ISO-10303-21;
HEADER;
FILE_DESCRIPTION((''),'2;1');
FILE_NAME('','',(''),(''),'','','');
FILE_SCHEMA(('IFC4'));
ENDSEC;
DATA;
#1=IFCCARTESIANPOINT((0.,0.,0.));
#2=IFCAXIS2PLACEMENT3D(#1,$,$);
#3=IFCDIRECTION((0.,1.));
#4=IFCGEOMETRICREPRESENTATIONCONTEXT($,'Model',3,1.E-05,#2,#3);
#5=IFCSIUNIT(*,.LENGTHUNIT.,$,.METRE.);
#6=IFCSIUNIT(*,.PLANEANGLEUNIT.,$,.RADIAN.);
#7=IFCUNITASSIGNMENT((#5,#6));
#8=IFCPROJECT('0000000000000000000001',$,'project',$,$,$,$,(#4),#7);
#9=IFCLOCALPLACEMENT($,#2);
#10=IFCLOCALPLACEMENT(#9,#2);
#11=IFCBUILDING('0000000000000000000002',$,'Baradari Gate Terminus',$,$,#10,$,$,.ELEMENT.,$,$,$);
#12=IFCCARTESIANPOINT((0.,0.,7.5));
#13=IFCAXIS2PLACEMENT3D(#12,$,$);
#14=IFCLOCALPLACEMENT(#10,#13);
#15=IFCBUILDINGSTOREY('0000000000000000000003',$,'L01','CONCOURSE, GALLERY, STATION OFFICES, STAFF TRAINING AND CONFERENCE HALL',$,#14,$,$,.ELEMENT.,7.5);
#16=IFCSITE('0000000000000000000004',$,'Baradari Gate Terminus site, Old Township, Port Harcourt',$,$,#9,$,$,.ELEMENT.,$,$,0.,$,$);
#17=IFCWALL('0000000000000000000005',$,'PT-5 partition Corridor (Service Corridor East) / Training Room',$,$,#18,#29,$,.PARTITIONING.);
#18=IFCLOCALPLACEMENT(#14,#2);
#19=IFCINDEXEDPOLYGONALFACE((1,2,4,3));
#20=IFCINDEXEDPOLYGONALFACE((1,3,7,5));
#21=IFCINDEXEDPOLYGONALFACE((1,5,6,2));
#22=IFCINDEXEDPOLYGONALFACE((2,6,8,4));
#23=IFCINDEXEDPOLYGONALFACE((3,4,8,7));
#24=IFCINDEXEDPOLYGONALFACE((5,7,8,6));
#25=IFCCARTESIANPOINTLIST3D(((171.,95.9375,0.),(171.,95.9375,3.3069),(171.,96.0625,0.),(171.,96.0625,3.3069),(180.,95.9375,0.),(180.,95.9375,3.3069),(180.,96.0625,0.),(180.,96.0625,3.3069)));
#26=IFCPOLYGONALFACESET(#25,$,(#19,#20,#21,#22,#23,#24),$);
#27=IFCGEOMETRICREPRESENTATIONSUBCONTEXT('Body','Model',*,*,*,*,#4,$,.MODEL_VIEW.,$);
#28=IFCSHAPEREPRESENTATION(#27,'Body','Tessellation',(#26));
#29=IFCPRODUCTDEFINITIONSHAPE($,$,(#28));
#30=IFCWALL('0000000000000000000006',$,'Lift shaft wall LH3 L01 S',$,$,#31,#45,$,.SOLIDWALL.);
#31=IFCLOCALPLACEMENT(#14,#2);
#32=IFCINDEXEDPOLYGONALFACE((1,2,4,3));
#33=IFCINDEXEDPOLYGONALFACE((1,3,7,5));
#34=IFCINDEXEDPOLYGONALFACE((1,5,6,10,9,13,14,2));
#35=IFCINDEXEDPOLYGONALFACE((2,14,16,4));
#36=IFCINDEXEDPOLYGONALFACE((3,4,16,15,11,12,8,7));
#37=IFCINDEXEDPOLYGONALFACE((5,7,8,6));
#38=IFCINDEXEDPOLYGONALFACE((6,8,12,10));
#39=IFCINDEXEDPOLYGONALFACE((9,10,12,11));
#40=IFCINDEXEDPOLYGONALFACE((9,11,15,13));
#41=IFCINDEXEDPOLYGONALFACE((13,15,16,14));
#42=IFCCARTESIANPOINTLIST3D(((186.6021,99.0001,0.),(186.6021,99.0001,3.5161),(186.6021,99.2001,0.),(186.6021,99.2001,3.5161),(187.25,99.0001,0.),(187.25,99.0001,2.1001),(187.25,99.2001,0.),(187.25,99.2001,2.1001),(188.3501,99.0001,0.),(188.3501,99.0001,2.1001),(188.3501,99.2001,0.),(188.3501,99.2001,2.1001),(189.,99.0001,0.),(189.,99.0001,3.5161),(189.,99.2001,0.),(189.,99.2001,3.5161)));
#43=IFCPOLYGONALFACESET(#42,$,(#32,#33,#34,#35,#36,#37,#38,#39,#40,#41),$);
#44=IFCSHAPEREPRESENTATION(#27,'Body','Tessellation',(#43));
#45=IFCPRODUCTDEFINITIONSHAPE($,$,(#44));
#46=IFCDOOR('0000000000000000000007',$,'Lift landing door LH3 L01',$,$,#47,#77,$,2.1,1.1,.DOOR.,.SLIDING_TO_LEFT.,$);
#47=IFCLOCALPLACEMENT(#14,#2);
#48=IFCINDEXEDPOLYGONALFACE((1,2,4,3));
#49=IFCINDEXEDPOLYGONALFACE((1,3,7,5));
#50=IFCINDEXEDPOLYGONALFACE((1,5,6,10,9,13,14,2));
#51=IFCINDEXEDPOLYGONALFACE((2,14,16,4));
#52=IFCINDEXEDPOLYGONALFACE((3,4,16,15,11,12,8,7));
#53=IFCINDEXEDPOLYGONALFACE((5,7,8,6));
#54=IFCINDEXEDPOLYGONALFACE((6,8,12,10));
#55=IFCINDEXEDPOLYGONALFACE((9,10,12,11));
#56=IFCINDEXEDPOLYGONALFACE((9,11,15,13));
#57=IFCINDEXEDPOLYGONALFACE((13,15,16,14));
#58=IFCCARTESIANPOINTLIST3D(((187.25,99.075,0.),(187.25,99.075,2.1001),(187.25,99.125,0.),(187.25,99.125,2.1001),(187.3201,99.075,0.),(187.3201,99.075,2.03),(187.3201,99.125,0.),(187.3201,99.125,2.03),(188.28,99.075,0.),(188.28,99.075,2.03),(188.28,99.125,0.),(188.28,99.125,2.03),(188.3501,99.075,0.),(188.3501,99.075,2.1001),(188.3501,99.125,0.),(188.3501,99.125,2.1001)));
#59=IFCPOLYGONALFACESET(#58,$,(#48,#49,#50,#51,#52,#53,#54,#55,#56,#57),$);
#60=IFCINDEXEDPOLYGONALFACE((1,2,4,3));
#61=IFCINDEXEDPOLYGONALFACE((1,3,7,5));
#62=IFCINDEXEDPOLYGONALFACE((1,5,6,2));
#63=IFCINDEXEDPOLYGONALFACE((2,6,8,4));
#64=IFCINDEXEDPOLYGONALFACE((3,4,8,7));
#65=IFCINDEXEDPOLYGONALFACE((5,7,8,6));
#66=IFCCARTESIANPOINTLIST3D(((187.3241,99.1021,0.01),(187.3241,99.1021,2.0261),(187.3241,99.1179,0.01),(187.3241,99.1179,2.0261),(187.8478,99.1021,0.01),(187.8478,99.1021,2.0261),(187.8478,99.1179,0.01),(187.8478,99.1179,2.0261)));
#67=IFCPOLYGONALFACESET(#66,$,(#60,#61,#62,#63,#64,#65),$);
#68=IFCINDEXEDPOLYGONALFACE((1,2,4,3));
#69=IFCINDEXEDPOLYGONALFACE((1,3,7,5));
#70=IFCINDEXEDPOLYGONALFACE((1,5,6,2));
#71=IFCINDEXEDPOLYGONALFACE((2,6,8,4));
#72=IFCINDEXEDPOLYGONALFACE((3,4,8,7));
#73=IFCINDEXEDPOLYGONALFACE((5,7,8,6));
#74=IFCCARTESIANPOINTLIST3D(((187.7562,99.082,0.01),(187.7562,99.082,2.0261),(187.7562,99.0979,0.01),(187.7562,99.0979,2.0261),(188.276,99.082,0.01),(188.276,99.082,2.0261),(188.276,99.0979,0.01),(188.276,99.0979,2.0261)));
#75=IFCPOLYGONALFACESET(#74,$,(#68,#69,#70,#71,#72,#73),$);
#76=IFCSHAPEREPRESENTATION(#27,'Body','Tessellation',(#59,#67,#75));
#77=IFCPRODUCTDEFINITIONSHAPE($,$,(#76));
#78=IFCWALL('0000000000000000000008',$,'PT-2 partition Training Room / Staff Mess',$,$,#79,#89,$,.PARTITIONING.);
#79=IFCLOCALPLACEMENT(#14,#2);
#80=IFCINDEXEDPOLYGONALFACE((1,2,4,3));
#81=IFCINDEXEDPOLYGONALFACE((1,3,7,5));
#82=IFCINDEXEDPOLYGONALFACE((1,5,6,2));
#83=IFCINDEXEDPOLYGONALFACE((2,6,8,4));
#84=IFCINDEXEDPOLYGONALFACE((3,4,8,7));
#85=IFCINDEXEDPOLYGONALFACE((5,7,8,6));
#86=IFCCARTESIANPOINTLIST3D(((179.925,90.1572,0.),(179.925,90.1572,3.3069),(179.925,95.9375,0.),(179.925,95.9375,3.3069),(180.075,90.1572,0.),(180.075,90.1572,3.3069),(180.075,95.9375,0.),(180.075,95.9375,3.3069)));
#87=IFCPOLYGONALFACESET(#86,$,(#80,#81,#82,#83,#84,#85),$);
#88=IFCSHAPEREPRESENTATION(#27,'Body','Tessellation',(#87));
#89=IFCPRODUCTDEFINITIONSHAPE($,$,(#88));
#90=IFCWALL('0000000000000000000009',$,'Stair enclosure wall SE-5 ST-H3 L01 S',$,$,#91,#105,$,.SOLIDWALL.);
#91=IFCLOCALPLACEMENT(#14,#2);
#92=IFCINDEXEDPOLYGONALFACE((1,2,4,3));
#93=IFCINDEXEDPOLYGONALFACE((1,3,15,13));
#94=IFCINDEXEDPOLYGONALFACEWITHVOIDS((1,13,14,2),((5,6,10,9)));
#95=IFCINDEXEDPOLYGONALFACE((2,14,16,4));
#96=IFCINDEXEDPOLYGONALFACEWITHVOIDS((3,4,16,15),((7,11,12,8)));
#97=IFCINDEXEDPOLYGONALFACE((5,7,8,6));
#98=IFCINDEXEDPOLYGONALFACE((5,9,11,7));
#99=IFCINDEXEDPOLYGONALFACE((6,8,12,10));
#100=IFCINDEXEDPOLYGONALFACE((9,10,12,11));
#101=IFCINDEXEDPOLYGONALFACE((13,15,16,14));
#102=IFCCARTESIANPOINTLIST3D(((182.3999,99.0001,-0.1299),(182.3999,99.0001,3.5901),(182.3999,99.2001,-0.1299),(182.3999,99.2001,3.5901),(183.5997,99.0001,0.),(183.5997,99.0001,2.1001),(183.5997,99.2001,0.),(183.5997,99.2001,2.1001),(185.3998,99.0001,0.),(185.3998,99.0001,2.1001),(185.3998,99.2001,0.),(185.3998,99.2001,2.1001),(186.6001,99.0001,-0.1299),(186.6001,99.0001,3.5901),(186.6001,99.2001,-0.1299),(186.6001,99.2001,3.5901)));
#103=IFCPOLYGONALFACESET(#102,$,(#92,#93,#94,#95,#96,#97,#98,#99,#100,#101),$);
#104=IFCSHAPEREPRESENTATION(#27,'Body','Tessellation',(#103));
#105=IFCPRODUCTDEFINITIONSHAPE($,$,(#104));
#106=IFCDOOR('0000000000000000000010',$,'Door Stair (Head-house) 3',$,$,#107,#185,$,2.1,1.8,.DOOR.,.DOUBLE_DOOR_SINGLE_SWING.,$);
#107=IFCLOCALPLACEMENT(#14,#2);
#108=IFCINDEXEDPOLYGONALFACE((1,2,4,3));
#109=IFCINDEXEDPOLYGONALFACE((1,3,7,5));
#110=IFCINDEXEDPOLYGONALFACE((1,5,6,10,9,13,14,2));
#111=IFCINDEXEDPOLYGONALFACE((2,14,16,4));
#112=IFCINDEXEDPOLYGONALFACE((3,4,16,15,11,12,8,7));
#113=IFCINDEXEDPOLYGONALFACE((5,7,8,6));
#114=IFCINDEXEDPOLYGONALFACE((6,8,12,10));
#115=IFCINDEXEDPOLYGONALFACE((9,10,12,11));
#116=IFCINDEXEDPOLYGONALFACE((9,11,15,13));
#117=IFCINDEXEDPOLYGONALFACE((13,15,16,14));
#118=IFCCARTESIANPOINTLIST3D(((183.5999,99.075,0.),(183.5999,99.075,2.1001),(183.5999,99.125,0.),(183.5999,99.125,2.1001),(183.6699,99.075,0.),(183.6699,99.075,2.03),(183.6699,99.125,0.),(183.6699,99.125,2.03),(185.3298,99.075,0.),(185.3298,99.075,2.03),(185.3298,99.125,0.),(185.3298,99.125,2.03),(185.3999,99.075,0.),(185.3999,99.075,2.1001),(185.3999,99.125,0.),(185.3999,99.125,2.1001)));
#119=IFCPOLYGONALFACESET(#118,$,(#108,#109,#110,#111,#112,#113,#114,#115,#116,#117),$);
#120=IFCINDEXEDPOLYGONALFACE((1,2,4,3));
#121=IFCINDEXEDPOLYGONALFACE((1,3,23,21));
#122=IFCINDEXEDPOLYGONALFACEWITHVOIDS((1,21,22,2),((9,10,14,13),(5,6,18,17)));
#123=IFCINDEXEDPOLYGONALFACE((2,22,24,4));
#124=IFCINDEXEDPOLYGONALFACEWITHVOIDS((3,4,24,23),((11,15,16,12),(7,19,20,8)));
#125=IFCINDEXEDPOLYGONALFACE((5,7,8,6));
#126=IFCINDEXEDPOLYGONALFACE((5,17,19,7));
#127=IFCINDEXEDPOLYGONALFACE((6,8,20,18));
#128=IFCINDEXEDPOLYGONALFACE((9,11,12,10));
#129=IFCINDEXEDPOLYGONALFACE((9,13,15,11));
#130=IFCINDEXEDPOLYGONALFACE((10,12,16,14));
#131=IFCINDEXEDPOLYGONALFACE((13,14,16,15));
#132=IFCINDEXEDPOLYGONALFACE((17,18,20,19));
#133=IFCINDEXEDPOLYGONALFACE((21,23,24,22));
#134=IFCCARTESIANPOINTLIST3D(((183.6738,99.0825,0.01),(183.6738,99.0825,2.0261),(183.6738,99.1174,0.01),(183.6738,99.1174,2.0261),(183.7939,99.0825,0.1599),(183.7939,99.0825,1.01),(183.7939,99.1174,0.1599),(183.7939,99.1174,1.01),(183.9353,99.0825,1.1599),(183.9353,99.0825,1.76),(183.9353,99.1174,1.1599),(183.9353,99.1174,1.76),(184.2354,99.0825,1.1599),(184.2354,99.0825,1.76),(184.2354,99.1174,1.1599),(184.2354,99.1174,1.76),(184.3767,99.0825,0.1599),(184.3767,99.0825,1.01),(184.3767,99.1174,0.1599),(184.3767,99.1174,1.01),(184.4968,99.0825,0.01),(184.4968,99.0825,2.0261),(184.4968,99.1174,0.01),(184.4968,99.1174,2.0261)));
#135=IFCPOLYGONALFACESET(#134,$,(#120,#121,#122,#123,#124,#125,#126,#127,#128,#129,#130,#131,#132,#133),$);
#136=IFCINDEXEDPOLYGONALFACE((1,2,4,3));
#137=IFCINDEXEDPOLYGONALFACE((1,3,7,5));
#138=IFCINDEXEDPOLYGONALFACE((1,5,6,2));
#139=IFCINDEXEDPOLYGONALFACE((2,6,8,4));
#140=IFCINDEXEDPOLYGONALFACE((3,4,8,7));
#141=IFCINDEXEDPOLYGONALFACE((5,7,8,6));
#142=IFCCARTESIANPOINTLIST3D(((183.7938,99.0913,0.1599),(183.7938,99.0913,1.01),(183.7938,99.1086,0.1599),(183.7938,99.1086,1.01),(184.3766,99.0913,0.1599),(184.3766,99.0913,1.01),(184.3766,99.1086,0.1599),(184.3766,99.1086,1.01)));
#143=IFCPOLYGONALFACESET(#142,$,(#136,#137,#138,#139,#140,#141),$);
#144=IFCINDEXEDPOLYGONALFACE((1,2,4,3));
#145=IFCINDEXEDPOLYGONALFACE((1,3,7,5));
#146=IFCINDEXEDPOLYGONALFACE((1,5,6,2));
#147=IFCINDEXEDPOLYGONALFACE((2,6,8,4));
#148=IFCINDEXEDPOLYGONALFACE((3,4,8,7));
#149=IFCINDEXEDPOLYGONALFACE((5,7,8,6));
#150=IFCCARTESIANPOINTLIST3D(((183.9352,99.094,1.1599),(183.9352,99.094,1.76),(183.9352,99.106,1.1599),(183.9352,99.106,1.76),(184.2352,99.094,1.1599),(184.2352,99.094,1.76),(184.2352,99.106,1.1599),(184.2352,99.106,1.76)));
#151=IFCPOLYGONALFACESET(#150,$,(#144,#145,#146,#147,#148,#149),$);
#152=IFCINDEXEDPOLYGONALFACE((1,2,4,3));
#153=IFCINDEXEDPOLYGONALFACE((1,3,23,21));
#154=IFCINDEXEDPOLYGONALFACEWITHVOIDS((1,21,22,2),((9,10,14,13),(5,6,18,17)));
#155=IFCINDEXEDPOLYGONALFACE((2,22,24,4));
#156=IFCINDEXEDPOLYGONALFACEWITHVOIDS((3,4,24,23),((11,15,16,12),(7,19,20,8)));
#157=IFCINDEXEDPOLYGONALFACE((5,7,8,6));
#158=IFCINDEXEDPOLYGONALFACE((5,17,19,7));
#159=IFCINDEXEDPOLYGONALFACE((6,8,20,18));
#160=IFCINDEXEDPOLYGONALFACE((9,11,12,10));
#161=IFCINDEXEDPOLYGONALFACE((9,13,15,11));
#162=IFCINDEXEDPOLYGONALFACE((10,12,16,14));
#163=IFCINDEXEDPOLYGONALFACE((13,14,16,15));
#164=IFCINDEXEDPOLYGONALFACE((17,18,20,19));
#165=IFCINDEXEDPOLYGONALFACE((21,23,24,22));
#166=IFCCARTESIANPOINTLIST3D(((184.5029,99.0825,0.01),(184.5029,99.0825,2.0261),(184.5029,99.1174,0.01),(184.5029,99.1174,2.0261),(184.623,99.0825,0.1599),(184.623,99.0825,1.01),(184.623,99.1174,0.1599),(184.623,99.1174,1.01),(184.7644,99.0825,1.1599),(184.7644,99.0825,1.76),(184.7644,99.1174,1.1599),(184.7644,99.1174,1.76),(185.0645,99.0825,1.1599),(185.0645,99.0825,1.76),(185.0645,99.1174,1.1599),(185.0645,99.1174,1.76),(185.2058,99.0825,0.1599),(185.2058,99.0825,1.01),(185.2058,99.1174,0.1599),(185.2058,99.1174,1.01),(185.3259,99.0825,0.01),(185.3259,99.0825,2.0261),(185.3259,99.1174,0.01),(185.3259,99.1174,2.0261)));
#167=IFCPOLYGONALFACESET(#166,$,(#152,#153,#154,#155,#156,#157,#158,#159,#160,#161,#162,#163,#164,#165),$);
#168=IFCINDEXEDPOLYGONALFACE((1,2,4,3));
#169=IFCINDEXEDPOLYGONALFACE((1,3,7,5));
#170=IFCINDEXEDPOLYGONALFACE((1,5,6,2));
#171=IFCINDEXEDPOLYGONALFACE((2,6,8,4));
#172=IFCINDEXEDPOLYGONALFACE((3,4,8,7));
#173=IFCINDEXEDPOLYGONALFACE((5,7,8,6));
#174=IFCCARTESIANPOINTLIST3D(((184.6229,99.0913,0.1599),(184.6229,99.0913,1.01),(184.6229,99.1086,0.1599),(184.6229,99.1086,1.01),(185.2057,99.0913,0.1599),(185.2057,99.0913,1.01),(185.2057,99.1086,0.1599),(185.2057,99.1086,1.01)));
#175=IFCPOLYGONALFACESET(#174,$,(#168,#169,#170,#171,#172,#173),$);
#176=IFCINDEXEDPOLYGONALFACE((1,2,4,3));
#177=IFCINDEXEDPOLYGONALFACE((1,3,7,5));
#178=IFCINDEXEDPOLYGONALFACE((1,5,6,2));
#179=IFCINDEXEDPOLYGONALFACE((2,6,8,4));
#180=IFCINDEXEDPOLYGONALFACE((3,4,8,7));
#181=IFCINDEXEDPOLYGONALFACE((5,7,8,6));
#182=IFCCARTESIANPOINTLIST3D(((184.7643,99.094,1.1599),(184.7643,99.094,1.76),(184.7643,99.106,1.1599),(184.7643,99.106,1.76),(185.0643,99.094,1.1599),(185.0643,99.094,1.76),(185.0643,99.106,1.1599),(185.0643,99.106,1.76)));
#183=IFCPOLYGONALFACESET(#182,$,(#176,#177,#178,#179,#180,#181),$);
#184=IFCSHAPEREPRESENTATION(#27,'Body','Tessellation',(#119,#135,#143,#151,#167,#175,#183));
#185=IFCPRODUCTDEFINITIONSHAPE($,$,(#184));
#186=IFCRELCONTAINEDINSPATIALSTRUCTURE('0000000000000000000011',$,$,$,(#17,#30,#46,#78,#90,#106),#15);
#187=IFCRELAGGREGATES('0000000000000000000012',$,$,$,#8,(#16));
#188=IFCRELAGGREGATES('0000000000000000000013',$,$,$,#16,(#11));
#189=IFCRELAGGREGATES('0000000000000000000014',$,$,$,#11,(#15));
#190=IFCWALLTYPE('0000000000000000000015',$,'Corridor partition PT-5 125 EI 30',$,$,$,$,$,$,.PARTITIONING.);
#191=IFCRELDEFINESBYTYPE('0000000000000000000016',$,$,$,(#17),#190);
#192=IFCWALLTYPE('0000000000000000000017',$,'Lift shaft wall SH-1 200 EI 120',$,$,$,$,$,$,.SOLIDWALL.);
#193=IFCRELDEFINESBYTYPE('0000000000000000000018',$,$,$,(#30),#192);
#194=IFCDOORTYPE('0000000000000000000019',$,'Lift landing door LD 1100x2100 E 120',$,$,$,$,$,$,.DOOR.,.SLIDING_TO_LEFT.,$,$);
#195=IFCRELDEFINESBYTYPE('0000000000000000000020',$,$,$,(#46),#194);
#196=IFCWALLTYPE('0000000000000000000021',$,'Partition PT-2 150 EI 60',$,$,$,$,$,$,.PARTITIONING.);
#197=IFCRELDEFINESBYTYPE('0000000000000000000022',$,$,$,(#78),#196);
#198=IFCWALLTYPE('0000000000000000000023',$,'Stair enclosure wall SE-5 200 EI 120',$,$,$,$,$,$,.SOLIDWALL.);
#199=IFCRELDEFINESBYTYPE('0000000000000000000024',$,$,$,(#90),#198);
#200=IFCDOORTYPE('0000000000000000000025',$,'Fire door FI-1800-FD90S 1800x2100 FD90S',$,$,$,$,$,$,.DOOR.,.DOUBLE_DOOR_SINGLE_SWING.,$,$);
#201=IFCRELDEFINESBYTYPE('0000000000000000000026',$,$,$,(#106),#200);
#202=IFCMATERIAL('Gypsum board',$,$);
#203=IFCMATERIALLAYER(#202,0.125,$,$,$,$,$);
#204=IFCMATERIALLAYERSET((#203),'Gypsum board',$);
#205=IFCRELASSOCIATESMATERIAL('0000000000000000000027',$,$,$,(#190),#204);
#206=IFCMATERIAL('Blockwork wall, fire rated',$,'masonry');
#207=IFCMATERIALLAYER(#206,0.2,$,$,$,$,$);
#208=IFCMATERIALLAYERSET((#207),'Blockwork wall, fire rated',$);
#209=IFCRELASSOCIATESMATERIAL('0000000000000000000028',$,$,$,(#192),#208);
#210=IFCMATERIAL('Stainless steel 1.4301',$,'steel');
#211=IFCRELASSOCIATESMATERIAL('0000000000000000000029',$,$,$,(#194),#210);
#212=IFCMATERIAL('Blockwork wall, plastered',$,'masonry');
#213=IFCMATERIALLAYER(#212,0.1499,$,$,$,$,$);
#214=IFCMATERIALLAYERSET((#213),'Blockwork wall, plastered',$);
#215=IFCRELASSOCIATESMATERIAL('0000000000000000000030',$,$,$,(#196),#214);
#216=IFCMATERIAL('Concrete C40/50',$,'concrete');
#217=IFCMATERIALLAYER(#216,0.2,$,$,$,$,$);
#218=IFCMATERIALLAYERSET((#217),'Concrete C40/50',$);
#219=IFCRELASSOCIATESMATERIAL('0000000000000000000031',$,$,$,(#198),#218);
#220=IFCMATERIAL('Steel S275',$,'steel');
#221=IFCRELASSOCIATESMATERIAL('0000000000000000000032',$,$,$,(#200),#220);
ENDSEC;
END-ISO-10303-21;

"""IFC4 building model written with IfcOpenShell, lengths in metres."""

from ifc_helpers import new_model, si_unit, direction, frame, frame_2d, origin, place, context, subcontext, project, spatial, polyline, rectangle, outline, extrude, material, layer, layer_set, type_object, element, fill, save


model = new_model("IFC4")

# Units and contexts
model_context = context("Model", 3, precision=1e-05, world=origin(), true_north=direction((0.0, 1.0)))
body_context = subcontext(model_context, "Body", "Model", "MODEL_VIEW")
ifc_project = project(units=[si_unit("LENGTHUNIT", "METRE"), si_unit("PLANEANGLEUNIT", "RADIAN")], contexts=[model_context])

# Site, building, storey
site_placement = place(None, origin())
site = spatial("IfcSite", under=ifc_project, at=site_placement, Name="Baradari Gate Terminus site, Old Township, Port Harcourt", CompositionType="ELEMENT", RefElevation=0.0)
building_placement = place(site_placement, origin())
building = spatial("IfcBuilding", under=site, at=building_placement, Name="Baradari Gate Terminus", CompositionType="ELEMENT")
storey_placement = place(building_placement, frame((0.0, 0.0, 7.5)))
storey = spatial("IfcBuildingStorey", under=building, at=storey_placement, Name="L01", Description="CONCOURSE, GALLERY, STATION OFFICES, STAFF TRAINING AND CONFERENCE HALL", CompositionType="ELEMENT", Elevation=7.5)

# Wall
ifc_material_1 = material(Name="Gypsum board")
ifc_layer_1 = layer(ifc_material_1, 0.125)
ifc_layer_set_1 = layer_set([ifc_layer_1], Name="Gypsum board")
wall_type_1 = type_object("IfcWallType", Name="Corridor partition PT-5 125 EI 30", PredefinedType="PARTITIONING", material=ifc_layer_set_1)
wall_1_placement = place(storey_placement, frame((180.0, 96.0, 0.0), z_axis=(0.0, 0.0, 1.0), x_axis=(-1.0, 0.0, 0.0)))
element("IfcWall", 1, at=wall_1_placement, inside=storey, type_object=wall_type_1, Name="PT-5 partition Corridor (Service Corridor East) / Training Room", PredefinedType="PARTITIONING", context=body_context, shape_type="SweptSolid", body=[
    extrude(rectangle(XDim=9.0, YDim=0.125, at=frame_2d((4.5, 0.0))), origin(), (0.0, 0.0, 1.0), 3.3069),
])

# Wall, opening, door
ifc_material_2 = material(Name="Blockwork wall, fire rated", Category="masonry")
ifc_layer_2 = layer(ifc_material_2, 0.2)
ifc_layer_set_2 = layer_set([ifc_layer_2], Name="Blockwork wall, fire rated")
wall_type_2 = type_object("IfcWallType", Name="Lift shaft wall SH-1 200 EI 120", PredefinedType="SOLIDWALL", material=ifc_layer_set_2)
wall_2_placement = place(storey_placement, frame((186.6021, 99.1001, 0.0), z_axis=(0.0, 0.0, 1.0), x_axis=(1.0, 0.0, 0.0)))
wall_2 = element("IfcWall", 2, at=wall_2_placement, inside=storey, type_object=wall_type_2, Name="Lift shaft wall LH3 L01 S", PredefinedType="SOLIDWALL", context=body_context, shape_type="SweptSolid", body=[
    extrude(rectangle(XDim=2.3979, YDim=0.2, at=frame_2d((1.199, 0.0))), origin(), (0.0, 0.0, 1.0), 3.5161),
])
opening_1_placement = place(wall_2_placement, frame((0.6479, 0.0, 0.0)))
opening_1 = element("IfcOpeningElement", 3, at=opening_1_placement, cuts=wall_2, PredefinedType="OPENING", context=body_context, shape_type="SweptSolid", body=[
    extrude(rectangle(XDim=1.1001, YDim=2.1001, at=frame_2d((0.55, 1.05))), frame((0.0, 0.1099, 0.0), z_axis=(0.0, -1.0, 0.0), x_axis=(1.0, 0.0, 0.0)), (0.0, 0.0, 1.0), 0.22),
])
ifc_material_3 = material(Name="Stainless steel 1.4301", Category="steel")
door_type_1 = type_object("IfcDoorType", Name="Lift landing door LD 1100x2100 E 120", OperationType="SLIDING_TO_LEFT", PredefinedType="DOOR", material=ifc_material_3)
door_1_placement = place(opening_1_placement, origin())
door_1 = element("IfcDoor", 4, at=door_1_placement, inside=storey, type_object=door_type_1, Name="Lift landing door LH3 L01", OperationType="SLIDING_TO_LEFT", OverallHeight=2.1, OverallWidth=1.1, PredefinedType="DOOR", context=body_context, shape_type="SweptSolid", body=[
    extrude(outline(polyline([(0.0, 0.0), (0.0701, 0.0), (0.0701, 2.03), (1.03, 2.03), (1.03, 0.0), (1.1001, 0.0), (1.1001, 2.1001), (0.0, 2.1001), (0.0, 0.0)])), frame((0.0, 0.0249, 0.0), z_axis=(0.0, -1.0, 0.0), x_axis=(1.0, 0.0, 0.0)), (0.0, 0.0, 1.0), 0.05),
    extrude(rectangle(XDim=0.5237, YDim=2.0161, at=frame_2d((0.3359, 1.0181))), frame((0.0, 0.0178, 0.0), z_axis=(0.0, -1.0, 0.0), x_axis=(1.0, 0.0, 0.0)), (0.0, 0.0, 1.0), 0.0159),
    extrude(rectangle(XDim=0.5198, YDim=2.0161, at=frame_2d((0.7661, 1.0181))), frame((0.0, -0.0022, 0.0), z_axis=(0.0, -1.0, 0.0), x_axis=(1.0, 0.0, 0.0)), (0.0, 0.0, 1.0), 0.0159),
])
fill(opening_1, door_1)

# Wall
ifc_material_4 = material(Name="Blockwork wall, plastered", Category="masonry")
ifc_layer_3 = layer(ifc_material_4, 0.1499)
ifc_layer_set_3 = layer_set([ifc_layer_3], Name="Blockwork wall, plastered")
wall_type_3 = type_object("IfcWallType", Name="Partition PT-2 150 EI 60", PredefinedType="PARTITIONING", material=ifc_layer_set_3)
wall_3_placement = place(storey_placement, frame((180.0, 95.9375, 0.0), z_axis=(0.0, 0.0, 1.0), x_axis=(0.0, -1.0, 0.0)))
element("IfcWall", 5, at=wall_3_placement, inside=storey, type_object=wall_type_3, Name="PT-2 partition Training Room / Staff Mess", PredefinedType="PARTITIONING", context=body_context, shape_type="SweptSolid", body=[
    extrude(rectangle(XDim=5.7803, YDim=0.1499, at=frame_2d((2.8901, 0.0))), origin(), (0.0, 0.0, 1.0), 3.3069),
])

# Wall, opening, door
ifc_material_5 = material(Name="Concrete C40/50", Category="concrete")
ifc_layer_4 = layer(ifc_material_5, 0.2)
ifc_layer_set_4 = layer_set([ifc_layer_4], Name="Concrete C40/50")
wall_type_4 = type_object("IfcWallType", Name="Stair enclosure wall SE-5 200 EI 120", PredefinedType="SOLIDWALL", material=ifc_layer_set_4)
wall_4_placement = place(storey_placement, frame((182.3999, 99.1001, -0.1299), z_axis=(0.0, 0.0, 1.0), x_axis=(1.0, 0.0, 0.0)))
wall_4 = element("IfcWall", 6, at=wall_4_placement, inside=storey, type_object=wall_type_4, Name="Stair enclosure wall SE-5 ST-H3 L01 S", PredefinedType="SOLIDWALL", context=body_context, shape_type="SweptSolid", body=[
    extrude(rectangle(XDim=4.2002, YDim=0.2, at=frame_2d((2.1001, 0.0))), origin(), (0.0, 0.0, 1.0), 3.72),
])
opening_2_placement = place(wall_4_placement, frame((1.2, 0.0, 0.1299)))
opening_2 = element("IfcOpeningElement", 7, at=opening_2_placement, cuts=wall_4, PredefinedType="OPENING", context=body_context, shape_type="SweptSolid", body=[
    extrude(rectangle(XDim=1.8, YDim=2.1001, at=frame_2d((0.8999, 1.05))), frame((0.0, 0.1099, 0.0), z_axis=(0.0, -1.0, 0.0), x_axis=(1.0, 0.0, 0.0)), (0.0, 0.0, 1.0), 0.22),
])
ifc_material_6 = material(Name="Steel S275", Category="steel")
door_type_2 = type_object("IfcDoorType", Name="Fire door FI-1800-FD90S 1800x2100 FD90S", OperationType="DOUBLE_DOOR_SINGLE_SWING", PredefinedType="DOOR", material=ifc_material_6)
door_2_placement = place(opening_2_placement, origin())
door_2 = element("IfcDoor", 8, at=door_2_placement, inside=storey, type_object=door_type_2, Name="Door Stair (Head-house) 3", OperationType="DOUBLE_DOOR_SINGLE_SWING", OverallHeight=2.1, OverallWidth=1.8, PredefinedType="DOOR", context=body_context, shape_type="SweptSolid", body=[
    extrude(outline(polyline([(0.0, 0.0), (0.0701, 0.0), (0.0701, 2.03), (1.73, 2.03), (1.73, 0.0), (1.8, 0.0), (1.8, 2.1001), (0.0, 2.1001), (0.0, 0.0)])), frame((0.0, 0.0249, 0.0), z_axis=(0.0, -1.0, 0.0), x_axis=(1.0, 0.0, 0.0)), (0.0, 0.0, 1.0), 0.05),
    extrude(outline(polyline([(0.074, 0.01), (0.897, 0.01), (0.897, 2.0261), (0.074, 2.0261), (0.074, 0.01)]), holes=[polyline([(0.1941, 0.1599), (0.7769, 0.1599), (0.7769, 1.01), (0.1941, 1.01), (0.1941, 0.1599)]), polyline([(0.3354, 1.1599), (0.6355, 1.1599), (0.6355, 1.76), (0.3354, 1.76), (0.3354, 1.1599)])]), frame((0.0, 0.0173, 0.0), z_axis=(0.0, -1.0, 0.0), x_axis=(1.0, 0.0, 0.0)), (0.0, 0.0, 1.0), 0.0349),
    extrude(rectangle(XDim=0.5828, YDim=0.8501, at=frame_2d((0.4854, 0.585))), frame((0.0, 0.0085, 0.0), z_axis=(0.0, -1.0, 0.0), x_axis=(1.0, 0.0, 0.0)), (0.0, 0.0, 1.0), 0.0173),
    extrude(rectangle(XDim=0.3, YDim=0.6001, at=frame_2d((0.4854, 1.46))), frame((0.0, 0.0059, 0.0), z_axis=(0.0, -1.0, 0.0), x_axis=(1.0, 0.0, 0.0)), (0.0, 0.0, 1.0), 0.012),
    extrude(outline(polyline([(0.9031, 0.01), (1.7261, 0.01), (1.7261, 2.0261), (0.9031, 2.0261), (0.9031, 0.01)]), holes=[polyline([(1.0232, 0.1599), (1.606, 0.1599), (1.606, 1.01), (1.0232, 1.01), (1.0232, 0.1599)]), polyline([(1.1646, 1.1599), (1.4646, 1.1599), (1.4646, 1.76), (1.1646, 1.76), (1.1646, 1.1599)])]), frame((0.0, 0.0173, 0.0), z_axis=(0.0, -1.0, 0.0), x_axis=(1.0, 0.0, 0.0)), (0.0, 0.0, 1.0), 0.0349),
    extrude(rectangle(XDim=0.5828, YDim=0.8501, at=frame_2d((1.3145, 0.585))), frame((0.0, 0.0085, 0.0), z_axis=(0.0, -1.0, 0.0), x_axis=(1.0, 0.0, 0.0)), (0.0, 0.0, 1.0), 0.0173),
    extrude(rectangle(XDim=0.3, YDim=0.6001, at=frame_2d((1.3145, 1.46))), frame((0.0, 0.0059, 0.0), z_axis=(0.0, -1.0, 0.0), x_axis=(1.0, 0.0, 0.0)), (0.0, 0.0, 1.0), 0.012),
])
fill(opening_2, door_2)

save(model, "model.ifc")
